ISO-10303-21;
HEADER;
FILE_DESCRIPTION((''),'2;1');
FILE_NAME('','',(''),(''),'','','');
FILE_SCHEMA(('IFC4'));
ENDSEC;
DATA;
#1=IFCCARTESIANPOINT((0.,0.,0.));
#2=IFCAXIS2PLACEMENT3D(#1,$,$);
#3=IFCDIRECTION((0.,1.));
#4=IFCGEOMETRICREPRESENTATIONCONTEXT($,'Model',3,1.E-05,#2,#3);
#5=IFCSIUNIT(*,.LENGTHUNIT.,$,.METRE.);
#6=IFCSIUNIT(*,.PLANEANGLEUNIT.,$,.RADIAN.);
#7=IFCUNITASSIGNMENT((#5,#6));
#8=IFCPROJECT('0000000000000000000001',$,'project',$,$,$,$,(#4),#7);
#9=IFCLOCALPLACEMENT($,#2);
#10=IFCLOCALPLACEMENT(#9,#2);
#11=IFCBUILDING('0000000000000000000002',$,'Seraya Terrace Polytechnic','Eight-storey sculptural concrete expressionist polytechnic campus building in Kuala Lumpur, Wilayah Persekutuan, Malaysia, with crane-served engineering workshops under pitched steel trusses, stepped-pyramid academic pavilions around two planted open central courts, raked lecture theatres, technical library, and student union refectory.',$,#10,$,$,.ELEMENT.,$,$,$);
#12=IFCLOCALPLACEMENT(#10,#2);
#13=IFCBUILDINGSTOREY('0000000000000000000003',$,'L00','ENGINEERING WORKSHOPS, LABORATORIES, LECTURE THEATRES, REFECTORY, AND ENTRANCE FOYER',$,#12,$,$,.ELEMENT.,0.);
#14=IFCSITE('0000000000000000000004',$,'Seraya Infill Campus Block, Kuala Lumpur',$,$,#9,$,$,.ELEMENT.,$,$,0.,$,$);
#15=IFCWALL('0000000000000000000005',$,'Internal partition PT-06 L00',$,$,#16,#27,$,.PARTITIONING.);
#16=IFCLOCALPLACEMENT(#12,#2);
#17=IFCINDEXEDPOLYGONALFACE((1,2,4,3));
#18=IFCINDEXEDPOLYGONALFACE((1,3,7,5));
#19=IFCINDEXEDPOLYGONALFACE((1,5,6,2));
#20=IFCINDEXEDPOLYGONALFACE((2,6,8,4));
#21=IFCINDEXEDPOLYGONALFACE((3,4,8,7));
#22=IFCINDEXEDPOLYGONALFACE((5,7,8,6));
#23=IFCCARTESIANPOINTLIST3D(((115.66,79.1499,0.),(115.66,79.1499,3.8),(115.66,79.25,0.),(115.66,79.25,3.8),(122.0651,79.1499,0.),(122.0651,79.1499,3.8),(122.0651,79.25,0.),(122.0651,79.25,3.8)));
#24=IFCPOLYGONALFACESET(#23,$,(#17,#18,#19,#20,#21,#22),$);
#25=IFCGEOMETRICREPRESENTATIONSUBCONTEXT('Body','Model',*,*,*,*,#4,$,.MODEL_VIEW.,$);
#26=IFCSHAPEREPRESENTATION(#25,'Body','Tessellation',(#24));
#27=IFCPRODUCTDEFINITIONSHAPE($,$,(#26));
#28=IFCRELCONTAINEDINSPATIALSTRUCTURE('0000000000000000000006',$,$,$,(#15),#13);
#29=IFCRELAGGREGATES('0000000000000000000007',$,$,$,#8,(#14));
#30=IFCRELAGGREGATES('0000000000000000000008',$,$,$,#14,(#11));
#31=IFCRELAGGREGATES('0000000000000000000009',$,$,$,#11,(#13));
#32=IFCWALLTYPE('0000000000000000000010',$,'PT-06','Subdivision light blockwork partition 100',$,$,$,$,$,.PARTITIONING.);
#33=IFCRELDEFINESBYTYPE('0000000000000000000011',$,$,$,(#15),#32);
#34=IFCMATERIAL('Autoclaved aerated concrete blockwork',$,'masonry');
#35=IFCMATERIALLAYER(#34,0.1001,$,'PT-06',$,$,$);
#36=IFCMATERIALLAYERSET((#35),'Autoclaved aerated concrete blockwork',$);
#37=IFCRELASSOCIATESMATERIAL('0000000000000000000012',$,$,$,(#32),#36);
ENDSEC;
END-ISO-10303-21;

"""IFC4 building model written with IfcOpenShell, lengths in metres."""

from ifc_helpers import new_model, si_unit, direction, frame, frame_2d, origin, place, context, subcontext, project, spatial, rectangle, extrude, material, layer, layer_set, type_object, element, save


model = new_model("IFC4")

# Units and contexts
model_context = context("Model", 3, precision=1e-05, world=origin(), true_north=direction((0.0, 1.0)))
body_context = subcontext(model_context, "Body", "Model", "MODEL_VIEW")
ifc_project = project(units=[si_unit("LENGTHUNIT", "METRE"), si_unit("PLANEANGLEUNIT", "RADIAN")], contexts=[model_context])

# Site, building, storey
site_placement = place(None, origin())
site = spatial("IfcSite", under=ifc_project, at=site_placement, Name="Seraya Infill Campus Block, Kuala Lumpur", CompositionType="ELEMENT", RefElevation=0.0)
building_placement = place(site_placement, origin())
building = spatial("IfcBuilding", under=site, at=building_placement, Name="Seraya Terrace Polytechnic", Description="Eight-storey sculptural concrete expressionist polytechnic campus building in Kuala Lumpur, Wilayah Persekutuan, Malaysia, with crane-served engineering workshops under pitched steel trusses, stepped-pyramid academic pavilions around two planted open central courts, raked lecture theatres, technical library, and student union refectory.", CompositionType="ELEMENT")
storey_placement = place(building_placement, origin())
storey = spatial("IfcBuildingStorey", under=building, at=storey_placement, Name="L00", Description="ENGINEERING WORKSHOPS, LABORATORIES, LECTURE THEATRES, REFECTORY, AND ENTRANCE FOYER", CompositionType="ELEMENT", Elevation=0.0)

# Shared definitions
ifc_material_1 = material(Name="Autoclaved aerated concrete blockwork", Category="masonry")

# Wall
ifc_layer_1 = layer(ifc_material_1, 0.1001, Name="PT-06")
ifc_layer_set_1 = layer_set([ifc_layer_1], Name="Autoclaved aerated concrete blockwork")
wall_type_1 = type_object("IfcWallType", Name="PT-06", Description="Subdivision light blockwork partition 100", PredefinedType="PARTITIONING", material=ifc_layer_set_1)
wall_1_placement = place(storey_placement, frame((115.6599, 79.2, 0.0), z_axis=(0.0, 0.0, 1.0), x_axis=(1.0, 0.0, 0.0)))
element("IfcWall", 1, at=wall_1_placement, inside=storey, type_object=wall_type_1, Name="Internal partition PT-06 L00", PredefinedType="PARTITIONING", context=body_context, shape_type="SweptSolid", body=[
    extrude(rectangle(XDim=6.405, YDim=0.1001, at=frame_2d((3.2026, 0.0))), origin(), (0.0, 0.0, 1.0), 3.8),
])

save(model, "model.ifc")
